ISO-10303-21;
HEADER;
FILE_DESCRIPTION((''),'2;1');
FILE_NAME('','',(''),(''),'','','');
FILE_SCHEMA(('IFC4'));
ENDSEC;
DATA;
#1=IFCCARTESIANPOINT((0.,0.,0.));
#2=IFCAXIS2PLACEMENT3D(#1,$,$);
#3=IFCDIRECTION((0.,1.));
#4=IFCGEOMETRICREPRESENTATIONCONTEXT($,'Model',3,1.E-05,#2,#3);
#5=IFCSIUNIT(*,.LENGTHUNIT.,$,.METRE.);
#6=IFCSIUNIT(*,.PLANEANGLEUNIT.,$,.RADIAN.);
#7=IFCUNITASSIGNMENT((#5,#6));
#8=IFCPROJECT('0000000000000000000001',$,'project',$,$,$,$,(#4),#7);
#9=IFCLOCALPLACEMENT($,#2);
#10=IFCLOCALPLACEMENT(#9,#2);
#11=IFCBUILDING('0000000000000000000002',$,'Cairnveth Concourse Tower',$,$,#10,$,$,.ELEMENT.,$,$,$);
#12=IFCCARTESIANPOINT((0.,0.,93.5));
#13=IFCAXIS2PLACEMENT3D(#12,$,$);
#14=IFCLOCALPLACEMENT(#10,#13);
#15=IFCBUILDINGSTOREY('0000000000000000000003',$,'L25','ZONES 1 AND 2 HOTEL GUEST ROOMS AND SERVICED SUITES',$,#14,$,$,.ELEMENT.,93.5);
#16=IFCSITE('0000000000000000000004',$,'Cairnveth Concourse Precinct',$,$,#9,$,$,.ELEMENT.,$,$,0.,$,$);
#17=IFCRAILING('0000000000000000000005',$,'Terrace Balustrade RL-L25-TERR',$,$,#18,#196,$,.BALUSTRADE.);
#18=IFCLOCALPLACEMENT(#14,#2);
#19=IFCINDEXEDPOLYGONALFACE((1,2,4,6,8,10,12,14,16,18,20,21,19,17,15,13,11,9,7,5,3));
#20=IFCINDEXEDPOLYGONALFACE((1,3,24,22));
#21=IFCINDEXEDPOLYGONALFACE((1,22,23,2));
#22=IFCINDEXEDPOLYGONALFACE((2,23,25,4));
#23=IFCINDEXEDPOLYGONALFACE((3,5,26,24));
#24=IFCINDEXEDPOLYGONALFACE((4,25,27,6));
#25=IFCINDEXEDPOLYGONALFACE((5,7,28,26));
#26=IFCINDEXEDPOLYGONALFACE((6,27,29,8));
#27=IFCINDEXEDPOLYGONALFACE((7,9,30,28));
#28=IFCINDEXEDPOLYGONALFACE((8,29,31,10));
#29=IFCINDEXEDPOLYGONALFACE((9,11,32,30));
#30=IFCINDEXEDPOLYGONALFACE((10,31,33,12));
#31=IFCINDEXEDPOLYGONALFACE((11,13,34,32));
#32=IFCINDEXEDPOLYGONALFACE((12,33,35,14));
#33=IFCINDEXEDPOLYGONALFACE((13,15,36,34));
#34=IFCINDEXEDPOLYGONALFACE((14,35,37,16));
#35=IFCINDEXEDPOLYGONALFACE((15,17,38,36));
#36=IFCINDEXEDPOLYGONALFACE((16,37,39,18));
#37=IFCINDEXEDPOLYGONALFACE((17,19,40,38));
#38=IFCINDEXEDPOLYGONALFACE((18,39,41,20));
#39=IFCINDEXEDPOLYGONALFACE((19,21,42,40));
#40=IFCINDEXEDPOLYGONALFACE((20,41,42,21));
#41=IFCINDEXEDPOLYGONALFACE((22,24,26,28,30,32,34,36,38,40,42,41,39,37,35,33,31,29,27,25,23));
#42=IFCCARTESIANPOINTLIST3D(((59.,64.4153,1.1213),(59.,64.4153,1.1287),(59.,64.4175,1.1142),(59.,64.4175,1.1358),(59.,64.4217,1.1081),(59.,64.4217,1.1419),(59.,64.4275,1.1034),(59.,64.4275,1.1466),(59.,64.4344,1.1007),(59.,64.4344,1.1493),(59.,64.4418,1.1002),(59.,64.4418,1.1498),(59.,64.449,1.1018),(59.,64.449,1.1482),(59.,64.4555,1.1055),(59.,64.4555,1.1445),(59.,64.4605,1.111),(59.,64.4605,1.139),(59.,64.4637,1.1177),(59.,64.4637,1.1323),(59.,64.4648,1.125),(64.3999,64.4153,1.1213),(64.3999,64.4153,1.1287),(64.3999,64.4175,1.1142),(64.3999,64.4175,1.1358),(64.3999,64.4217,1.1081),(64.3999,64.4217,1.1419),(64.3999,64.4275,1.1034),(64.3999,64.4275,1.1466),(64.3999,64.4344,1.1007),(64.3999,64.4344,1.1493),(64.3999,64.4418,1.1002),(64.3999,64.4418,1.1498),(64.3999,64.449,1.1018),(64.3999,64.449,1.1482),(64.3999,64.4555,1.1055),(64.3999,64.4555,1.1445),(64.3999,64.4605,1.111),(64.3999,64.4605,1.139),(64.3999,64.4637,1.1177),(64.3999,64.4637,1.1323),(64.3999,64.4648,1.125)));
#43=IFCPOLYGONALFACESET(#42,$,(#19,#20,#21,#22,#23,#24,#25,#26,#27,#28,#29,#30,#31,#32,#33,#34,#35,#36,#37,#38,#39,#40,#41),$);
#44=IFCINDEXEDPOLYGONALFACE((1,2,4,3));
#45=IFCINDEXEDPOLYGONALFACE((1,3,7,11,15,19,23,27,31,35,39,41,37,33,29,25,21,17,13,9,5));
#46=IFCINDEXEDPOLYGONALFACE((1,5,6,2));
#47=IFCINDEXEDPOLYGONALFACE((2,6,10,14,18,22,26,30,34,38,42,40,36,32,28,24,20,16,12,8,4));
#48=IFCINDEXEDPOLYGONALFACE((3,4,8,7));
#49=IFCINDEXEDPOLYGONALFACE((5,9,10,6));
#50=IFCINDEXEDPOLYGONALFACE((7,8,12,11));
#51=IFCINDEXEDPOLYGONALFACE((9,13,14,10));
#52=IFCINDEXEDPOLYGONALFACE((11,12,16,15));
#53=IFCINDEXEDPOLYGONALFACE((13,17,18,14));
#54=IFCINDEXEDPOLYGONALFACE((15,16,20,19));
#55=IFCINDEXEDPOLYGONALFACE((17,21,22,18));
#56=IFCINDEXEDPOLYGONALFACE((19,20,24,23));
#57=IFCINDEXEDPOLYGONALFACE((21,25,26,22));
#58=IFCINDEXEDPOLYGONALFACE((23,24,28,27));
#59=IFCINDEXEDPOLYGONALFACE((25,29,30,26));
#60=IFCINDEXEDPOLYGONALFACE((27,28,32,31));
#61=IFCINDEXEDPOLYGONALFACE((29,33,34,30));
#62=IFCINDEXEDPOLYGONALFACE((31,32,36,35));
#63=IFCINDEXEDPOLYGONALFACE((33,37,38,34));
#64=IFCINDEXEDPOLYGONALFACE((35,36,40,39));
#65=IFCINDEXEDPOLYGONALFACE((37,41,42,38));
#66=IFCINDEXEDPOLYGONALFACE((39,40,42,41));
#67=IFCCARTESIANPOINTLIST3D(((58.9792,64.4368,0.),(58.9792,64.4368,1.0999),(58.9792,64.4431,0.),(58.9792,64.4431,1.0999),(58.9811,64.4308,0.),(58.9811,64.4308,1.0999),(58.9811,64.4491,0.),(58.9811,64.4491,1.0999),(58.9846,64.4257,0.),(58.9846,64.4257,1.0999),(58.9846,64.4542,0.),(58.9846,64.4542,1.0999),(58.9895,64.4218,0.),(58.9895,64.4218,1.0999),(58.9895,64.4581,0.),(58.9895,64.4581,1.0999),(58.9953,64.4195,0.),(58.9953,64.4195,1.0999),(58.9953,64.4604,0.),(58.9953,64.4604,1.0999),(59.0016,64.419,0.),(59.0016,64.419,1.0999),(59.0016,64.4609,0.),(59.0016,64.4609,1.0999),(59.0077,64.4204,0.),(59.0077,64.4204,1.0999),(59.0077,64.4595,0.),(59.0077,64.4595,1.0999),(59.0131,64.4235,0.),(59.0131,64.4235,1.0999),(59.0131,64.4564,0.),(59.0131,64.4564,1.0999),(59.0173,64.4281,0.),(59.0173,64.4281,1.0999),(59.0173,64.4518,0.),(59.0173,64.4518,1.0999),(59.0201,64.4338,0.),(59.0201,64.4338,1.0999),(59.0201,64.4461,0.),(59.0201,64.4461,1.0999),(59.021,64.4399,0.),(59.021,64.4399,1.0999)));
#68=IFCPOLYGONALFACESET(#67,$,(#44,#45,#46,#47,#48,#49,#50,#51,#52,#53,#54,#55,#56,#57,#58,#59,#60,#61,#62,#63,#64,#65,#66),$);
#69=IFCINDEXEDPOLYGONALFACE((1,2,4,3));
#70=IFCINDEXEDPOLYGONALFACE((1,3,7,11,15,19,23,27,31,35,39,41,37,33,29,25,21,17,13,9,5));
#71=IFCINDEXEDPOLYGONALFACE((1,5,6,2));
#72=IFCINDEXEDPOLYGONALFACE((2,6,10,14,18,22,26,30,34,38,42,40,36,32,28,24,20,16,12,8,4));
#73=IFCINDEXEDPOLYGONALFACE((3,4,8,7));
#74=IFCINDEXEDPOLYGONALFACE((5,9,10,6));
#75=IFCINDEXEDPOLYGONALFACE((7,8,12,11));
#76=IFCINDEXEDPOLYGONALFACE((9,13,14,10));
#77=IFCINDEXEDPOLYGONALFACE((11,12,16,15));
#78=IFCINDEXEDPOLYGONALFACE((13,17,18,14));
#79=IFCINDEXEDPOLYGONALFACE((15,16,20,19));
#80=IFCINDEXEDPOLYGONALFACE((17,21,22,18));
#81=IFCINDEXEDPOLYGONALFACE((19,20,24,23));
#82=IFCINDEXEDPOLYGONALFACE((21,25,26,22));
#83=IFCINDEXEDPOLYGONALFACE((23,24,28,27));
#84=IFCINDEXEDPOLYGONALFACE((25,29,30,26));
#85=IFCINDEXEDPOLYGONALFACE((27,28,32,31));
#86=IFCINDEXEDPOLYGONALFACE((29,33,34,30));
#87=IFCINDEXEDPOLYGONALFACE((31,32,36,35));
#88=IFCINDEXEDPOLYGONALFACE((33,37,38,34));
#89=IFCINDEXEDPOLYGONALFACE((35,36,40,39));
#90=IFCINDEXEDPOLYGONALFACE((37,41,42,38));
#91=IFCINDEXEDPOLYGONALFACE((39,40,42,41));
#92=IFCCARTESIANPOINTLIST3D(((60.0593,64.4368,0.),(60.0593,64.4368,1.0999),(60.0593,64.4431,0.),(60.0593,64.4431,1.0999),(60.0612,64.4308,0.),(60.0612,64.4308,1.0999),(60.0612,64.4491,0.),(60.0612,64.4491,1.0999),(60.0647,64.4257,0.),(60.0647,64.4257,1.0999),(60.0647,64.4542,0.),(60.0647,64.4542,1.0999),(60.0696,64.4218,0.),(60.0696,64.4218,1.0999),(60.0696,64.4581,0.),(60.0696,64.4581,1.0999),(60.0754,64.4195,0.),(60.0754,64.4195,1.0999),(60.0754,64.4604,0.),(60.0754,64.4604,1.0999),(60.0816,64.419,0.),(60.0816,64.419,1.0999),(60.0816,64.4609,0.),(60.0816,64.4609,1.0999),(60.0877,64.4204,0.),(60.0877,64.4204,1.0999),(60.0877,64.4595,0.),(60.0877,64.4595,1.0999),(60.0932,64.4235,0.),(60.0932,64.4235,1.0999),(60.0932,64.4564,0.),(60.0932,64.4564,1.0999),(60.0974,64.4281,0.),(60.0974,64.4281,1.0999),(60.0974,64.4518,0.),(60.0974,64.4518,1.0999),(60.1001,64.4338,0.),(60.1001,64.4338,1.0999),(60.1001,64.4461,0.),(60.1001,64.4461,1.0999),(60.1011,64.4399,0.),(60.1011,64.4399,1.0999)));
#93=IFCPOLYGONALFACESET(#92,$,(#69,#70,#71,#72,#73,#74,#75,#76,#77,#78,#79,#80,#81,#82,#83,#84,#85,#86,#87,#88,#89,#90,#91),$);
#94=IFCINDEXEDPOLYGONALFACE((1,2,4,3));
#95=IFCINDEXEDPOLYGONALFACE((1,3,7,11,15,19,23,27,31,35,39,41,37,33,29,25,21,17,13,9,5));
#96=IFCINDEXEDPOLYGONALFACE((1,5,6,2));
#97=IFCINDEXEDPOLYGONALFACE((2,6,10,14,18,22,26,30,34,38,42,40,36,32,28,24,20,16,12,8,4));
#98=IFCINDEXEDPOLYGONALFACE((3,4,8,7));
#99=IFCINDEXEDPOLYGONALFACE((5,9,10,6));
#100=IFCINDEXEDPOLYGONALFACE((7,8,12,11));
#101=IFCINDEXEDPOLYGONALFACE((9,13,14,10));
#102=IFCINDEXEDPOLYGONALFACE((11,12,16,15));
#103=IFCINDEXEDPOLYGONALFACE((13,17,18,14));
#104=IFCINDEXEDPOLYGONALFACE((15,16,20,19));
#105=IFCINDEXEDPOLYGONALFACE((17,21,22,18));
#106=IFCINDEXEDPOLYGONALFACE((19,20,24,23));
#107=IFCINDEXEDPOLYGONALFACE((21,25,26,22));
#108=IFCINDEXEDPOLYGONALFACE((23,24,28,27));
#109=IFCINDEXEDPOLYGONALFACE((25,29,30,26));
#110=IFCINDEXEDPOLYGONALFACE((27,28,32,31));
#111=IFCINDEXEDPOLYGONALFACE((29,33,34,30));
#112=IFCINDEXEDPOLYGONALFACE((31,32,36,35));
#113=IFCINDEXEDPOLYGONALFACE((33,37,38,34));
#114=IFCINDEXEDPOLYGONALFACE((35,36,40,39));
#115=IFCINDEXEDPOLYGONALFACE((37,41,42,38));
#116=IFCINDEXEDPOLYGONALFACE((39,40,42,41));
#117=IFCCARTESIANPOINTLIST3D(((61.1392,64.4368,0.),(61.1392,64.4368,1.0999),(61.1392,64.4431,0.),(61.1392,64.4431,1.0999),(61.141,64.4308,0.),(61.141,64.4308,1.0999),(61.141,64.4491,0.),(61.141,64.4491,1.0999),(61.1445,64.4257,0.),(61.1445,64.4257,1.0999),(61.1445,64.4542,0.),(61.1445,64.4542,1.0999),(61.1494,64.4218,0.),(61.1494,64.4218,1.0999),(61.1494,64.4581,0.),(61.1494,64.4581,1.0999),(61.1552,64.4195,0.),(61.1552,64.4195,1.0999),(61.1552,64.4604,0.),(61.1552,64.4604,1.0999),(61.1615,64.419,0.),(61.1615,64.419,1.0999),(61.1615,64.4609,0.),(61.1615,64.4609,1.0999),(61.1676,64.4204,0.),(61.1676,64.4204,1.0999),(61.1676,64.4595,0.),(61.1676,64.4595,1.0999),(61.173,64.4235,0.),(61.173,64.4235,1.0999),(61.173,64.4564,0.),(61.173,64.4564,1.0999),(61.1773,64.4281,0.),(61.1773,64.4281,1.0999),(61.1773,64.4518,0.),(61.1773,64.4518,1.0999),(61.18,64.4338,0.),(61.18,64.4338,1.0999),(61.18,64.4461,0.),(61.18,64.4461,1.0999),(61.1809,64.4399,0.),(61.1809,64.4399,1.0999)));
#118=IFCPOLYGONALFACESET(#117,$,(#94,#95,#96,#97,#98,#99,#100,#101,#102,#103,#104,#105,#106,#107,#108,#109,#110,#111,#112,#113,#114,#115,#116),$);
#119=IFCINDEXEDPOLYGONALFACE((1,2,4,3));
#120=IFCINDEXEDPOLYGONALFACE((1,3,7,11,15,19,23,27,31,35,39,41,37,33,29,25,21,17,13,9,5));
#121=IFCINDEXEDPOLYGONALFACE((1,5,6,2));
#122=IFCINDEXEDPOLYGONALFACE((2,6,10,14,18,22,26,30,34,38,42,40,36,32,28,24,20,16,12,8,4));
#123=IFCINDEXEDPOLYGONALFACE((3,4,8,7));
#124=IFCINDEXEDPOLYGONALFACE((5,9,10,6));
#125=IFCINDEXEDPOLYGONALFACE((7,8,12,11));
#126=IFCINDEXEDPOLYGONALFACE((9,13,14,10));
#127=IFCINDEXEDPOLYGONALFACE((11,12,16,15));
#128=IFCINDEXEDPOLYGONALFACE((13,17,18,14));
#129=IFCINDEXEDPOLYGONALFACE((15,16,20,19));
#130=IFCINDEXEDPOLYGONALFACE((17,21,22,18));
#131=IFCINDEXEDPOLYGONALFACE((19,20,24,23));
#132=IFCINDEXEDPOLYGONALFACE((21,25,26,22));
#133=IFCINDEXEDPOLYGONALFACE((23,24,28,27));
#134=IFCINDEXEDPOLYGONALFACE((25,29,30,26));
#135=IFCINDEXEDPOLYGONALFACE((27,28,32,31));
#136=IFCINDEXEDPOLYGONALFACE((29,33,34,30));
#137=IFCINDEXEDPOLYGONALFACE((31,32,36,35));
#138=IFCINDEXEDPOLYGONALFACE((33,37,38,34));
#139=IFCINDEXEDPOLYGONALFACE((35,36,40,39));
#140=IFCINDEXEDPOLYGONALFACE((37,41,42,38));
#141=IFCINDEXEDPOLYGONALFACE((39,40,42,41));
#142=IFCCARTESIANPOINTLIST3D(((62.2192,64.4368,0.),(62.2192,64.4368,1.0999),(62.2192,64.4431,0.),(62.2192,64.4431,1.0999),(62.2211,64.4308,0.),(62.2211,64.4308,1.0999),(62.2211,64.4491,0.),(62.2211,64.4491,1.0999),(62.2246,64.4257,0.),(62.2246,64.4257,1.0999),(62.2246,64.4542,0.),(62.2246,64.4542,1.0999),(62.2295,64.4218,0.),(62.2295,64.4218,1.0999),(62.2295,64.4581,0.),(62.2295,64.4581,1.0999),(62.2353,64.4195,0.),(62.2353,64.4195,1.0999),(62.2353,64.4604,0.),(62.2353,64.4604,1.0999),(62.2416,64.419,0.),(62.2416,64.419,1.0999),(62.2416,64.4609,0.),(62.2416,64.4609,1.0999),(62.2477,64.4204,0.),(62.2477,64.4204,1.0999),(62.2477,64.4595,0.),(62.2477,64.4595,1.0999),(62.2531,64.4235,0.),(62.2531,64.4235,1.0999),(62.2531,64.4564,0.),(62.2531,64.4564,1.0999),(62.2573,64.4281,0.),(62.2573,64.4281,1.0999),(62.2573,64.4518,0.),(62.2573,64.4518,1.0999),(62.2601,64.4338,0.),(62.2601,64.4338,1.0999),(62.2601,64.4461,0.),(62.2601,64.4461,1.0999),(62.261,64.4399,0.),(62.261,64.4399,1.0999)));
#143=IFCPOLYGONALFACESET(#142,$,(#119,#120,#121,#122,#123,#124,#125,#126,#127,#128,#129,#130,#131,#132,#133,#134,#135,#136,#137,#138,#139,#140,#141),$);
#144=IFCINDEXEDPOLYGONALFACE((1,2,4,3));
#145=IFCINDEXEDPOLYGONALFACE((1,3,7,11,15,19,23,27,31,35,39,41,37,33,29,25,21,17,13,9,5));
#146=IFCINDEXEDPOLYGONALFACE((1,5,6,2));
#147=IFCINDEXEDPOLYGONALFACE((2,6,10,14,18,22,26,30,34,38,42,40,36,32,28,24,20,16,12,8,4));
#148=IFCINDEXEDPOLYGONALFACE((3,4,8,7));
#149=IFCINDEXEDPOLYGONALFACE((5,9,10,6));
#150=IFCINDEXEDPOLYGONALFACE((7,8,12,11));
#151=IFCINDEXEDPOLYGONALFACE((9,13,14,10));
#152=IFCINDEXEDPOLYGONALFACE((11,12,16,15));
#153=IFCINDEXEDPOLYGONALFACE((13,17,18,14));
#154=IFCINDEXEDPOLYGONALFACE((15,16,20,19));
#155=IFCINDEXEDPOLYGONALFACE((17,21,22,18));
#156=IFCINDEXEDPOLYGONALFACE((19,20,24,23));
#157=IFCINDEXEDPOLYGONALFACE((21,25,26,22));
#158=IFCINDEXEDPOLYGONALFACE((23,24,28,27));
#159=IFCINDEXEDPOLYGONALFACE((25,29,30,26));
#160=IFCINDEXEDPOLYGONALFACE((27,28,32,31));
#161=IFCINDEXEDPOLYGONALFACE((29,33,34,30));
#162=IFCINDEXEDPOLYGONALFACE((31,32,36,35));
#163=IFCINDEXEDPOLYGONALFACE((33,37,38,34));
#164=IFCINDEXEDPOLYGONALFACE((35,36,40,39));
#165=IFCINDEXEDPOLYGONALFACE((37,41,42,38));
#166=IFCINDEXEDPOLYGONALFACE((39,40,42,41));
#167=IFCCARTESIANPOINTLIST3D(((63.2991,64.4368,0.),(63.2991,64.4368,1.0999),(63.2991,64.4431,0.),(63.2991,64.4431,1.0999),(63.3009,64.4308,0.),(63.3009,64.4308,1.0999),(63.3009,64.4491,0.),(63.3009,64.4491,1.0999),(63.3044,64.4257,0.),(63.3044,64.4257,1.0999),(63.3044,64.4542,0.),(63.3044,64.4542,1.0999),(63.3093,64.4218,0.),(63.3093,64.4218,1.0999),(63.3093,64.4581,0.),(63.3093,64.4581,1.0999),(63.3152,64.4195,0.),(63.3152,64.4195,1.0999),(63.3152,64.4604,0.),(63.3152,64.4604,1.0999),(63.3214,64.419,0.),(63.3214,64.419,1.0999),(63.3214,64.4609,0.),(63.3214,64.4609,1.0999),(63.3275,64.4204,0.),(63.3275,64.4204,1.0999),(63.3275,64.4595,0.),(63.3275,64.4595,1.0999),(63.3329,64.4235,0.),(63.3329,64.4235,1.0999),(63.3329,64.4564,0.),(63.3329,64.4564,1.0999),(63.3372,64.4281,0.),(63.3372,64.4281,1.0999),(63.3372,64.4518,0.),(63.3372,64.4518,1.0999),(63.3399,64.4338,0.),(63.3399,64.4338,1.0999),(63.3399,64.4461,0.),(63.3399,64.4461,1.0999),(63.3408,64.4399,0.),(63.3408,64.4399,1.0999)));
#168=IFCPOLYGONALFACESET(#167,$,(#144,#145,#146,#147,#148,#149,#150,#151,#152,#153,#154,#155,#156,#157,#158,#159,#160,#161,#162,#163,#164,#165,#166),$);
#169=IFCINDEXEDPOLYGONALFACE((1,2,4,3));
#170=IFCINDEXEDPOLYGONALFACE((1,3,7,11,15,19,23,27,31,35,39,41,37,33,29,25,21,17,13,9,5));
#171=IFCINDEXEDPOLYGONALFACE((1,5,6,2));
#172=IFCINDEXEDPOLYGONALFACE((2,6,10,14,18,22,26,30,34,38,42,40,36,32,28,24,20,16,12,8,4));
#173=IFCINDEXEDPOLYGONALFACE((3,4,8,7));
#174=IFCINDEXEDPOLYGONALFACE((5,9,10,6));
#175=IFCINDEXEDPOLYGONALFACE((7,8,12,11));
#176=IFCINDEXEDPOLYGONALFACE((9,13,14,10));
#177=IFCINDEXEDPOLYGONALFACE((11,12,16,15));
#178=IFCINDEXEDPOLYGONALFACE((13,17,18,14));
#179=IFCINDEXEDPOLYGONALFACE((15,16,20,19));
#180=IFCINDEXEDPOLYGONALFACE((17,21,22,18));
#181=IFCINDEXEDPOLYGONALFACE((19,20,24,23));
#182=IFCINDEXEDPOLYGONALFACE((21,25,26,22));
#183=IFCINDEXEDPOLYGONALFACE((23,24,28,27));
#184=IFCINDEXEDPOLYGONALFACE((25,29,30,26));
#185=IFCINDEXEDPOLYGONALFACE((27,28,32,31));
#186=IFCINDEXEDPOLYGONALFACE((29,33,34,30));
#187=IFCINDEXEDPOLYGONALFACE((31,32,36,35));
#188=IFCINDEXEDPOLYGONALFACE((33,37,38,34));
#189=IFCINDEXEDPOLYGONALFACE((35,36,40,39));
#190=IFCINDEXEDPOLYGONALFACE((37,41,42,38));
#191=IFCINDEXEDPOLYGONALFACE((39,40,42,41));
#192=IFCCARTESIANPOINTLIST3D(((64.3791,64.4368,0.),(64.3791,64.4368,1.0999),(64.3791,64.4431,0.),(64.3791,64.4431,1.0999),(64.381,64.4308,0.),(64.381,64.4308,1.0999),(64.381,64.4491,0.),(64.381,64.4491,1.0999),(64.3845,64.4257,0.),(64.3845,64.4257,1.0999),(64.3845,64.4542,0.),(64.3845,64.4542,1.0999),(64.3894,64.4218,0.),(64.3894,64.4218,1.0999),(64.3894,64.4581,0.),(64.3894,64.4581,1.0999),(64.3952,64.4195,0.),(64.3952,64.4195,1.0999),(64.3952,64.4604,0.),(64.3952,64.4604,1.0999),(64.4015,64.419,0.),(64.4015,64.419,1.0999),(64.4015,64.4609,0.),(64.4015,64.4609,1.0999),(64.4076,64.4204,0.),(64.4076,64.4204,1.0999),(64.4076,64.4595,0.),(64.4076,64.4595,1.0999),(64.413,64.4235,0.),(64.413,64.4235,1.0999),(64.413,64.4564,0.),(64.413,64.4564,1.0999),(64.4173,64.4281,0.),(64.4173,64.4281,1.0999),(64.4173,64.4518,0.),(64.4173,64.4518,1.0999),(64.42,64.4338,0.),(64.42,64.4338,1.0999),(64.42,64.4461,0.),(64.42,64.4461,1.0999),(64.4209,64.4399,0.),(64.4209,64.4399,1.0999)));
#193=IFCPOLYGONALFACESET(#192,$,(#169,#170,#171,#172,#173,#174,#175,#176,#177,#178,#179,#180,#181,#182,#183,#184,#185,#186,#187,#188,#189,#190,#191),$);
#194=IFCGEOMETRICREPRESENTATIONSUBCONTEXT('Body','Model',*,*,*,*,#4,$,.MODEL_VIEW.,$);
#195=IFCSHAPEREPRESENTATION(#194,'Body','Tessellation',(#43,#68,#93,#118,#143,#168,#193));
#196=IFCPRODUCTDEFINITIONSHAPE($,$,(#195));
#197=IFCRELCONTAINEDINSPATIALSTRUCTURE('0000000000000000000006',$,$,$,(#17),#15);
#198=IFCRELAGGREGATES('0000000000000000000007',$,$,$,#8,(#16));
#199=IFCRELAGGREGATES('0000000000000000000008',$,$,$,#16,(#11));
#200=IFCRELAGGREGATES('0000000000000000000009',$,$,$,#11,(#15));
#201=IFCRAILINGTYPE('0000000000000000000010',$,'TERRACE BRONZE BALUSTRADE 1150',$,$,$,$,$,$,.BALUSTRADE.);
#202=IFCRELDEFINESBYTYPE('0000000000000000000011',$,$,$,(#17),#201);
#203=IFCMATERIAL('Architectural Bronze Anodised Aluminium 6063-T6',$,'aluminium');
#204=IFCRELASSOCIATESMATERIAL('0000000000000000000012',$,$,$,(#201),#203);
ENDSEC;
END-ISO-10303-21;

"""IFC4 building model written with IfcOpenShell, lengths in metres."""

from ifc_helpers import new_model, si_unit, direction, frame, origin, origin_2d, place, context, subcontext, project, spatial, circle, extrude, material, type_object, element, save


model = new_model("IFC4")

# Units and contexts
model_context = context("Model", 3, precision=1e-05, world=origin(), true_north=direction((0.0, 1.0)))
body_context = subcontext(model_context, "Body", "Model", "MODEL_VIEW")
ifc_project = project(units=[si_unit("LENGTHUNIT", "METRE"), si_unit("PLANEANGLEUNIT", "RADIAN")], contexts=[model_context])

# Site, building, storey
site_placement = place(None, origin())
site = spatial("IfcSite", under=ifc_project, at=site_placement, Name="Cairnveth Concourse Precinct", CompositionType="ELEMENT", RefElevation=0.0)
building_placement = place(site_placement, origin())
building = spatial("IfcBuilding", under=site, at=building_placement, Name="Cairnveth Concourse Tower", CompositionType="ELEMENT")
storey_placement = place(building_placement, frame((0.0, 0.0, 93.5)))
storey = spatial("IfcBuildingStorey", under=building, at=storey_placement, Name="L25", Description="ZONES 1 AND 2 HOTEL GUEST ROOMS AND SERVICED SUITES", CompositionType="ELEMENT", Elevation=93.5)

# Shared definitions
ifc_material_1 = material(Name="Architectural Bronze Anodised Aluminium 6063-T6", Category="aluminium")

# Railing
railing_type = type_object("IfcRailingType", Name="TERRACE BRONZE BALUSTRADE 1150", PredefinedType="BALUSTRADE", material=ifc_material_1)
railing_placement = place(storey_placement, frame((59.0, 64.4399, 0.0)))
element("IfcRailing", 1, at=railing_placement, inside=storey, type_object=railing_type, Name="Terrace Balustrade RL-L25-TERR", PredefinedType="BALUSTRADE", context=body_context, shape_type="SweptSolid", body=[
    extrude(circle(Radius=0.0249, at=origin_2d()), frame((0.0, 0.0, 1.125), z_axis=(1.0, 0.0, 0.0), x_axis=(0.0, 1.0, 0.0)), (0.0, 0.0, 1.0), 5.3999),
    extrude(circle(Radius=0.021, at=origin_2d()), origin(), (0.0, 0.0, 1.0), 1.0999),
    extrude(circle(Radius=0.021, at=origin_2d()), frame((1.0801, 0.0, 0.0)), (0.0, 0.0, 1.0), 1.0999),
    extrude(circle(Radius=0.021, at=origin_2d()), frame((2.1599, 0.0, 0.0)), (0.0, 0.0, 1.0), 1.0999),
    extrude(circle(Radius=0.021, at=origin_2d()), frame((3.24, 0.0, 0.0)), (0.0, 0.0, 1.0), 1.0999),
    extrude(circle(Radius=0.021, at=origin_2d()), frame((4.3198, 0.0, 0.0)), (0.0, 0.0, 1.0), 1.0999),
    extrude(circle(Radius=0.021, at=origin_2d()), frame((5.3999, 0.0, 0.0)), (0.0, 0.0, 1.0), 1.0999),
])

save(model, "model.ifc")
